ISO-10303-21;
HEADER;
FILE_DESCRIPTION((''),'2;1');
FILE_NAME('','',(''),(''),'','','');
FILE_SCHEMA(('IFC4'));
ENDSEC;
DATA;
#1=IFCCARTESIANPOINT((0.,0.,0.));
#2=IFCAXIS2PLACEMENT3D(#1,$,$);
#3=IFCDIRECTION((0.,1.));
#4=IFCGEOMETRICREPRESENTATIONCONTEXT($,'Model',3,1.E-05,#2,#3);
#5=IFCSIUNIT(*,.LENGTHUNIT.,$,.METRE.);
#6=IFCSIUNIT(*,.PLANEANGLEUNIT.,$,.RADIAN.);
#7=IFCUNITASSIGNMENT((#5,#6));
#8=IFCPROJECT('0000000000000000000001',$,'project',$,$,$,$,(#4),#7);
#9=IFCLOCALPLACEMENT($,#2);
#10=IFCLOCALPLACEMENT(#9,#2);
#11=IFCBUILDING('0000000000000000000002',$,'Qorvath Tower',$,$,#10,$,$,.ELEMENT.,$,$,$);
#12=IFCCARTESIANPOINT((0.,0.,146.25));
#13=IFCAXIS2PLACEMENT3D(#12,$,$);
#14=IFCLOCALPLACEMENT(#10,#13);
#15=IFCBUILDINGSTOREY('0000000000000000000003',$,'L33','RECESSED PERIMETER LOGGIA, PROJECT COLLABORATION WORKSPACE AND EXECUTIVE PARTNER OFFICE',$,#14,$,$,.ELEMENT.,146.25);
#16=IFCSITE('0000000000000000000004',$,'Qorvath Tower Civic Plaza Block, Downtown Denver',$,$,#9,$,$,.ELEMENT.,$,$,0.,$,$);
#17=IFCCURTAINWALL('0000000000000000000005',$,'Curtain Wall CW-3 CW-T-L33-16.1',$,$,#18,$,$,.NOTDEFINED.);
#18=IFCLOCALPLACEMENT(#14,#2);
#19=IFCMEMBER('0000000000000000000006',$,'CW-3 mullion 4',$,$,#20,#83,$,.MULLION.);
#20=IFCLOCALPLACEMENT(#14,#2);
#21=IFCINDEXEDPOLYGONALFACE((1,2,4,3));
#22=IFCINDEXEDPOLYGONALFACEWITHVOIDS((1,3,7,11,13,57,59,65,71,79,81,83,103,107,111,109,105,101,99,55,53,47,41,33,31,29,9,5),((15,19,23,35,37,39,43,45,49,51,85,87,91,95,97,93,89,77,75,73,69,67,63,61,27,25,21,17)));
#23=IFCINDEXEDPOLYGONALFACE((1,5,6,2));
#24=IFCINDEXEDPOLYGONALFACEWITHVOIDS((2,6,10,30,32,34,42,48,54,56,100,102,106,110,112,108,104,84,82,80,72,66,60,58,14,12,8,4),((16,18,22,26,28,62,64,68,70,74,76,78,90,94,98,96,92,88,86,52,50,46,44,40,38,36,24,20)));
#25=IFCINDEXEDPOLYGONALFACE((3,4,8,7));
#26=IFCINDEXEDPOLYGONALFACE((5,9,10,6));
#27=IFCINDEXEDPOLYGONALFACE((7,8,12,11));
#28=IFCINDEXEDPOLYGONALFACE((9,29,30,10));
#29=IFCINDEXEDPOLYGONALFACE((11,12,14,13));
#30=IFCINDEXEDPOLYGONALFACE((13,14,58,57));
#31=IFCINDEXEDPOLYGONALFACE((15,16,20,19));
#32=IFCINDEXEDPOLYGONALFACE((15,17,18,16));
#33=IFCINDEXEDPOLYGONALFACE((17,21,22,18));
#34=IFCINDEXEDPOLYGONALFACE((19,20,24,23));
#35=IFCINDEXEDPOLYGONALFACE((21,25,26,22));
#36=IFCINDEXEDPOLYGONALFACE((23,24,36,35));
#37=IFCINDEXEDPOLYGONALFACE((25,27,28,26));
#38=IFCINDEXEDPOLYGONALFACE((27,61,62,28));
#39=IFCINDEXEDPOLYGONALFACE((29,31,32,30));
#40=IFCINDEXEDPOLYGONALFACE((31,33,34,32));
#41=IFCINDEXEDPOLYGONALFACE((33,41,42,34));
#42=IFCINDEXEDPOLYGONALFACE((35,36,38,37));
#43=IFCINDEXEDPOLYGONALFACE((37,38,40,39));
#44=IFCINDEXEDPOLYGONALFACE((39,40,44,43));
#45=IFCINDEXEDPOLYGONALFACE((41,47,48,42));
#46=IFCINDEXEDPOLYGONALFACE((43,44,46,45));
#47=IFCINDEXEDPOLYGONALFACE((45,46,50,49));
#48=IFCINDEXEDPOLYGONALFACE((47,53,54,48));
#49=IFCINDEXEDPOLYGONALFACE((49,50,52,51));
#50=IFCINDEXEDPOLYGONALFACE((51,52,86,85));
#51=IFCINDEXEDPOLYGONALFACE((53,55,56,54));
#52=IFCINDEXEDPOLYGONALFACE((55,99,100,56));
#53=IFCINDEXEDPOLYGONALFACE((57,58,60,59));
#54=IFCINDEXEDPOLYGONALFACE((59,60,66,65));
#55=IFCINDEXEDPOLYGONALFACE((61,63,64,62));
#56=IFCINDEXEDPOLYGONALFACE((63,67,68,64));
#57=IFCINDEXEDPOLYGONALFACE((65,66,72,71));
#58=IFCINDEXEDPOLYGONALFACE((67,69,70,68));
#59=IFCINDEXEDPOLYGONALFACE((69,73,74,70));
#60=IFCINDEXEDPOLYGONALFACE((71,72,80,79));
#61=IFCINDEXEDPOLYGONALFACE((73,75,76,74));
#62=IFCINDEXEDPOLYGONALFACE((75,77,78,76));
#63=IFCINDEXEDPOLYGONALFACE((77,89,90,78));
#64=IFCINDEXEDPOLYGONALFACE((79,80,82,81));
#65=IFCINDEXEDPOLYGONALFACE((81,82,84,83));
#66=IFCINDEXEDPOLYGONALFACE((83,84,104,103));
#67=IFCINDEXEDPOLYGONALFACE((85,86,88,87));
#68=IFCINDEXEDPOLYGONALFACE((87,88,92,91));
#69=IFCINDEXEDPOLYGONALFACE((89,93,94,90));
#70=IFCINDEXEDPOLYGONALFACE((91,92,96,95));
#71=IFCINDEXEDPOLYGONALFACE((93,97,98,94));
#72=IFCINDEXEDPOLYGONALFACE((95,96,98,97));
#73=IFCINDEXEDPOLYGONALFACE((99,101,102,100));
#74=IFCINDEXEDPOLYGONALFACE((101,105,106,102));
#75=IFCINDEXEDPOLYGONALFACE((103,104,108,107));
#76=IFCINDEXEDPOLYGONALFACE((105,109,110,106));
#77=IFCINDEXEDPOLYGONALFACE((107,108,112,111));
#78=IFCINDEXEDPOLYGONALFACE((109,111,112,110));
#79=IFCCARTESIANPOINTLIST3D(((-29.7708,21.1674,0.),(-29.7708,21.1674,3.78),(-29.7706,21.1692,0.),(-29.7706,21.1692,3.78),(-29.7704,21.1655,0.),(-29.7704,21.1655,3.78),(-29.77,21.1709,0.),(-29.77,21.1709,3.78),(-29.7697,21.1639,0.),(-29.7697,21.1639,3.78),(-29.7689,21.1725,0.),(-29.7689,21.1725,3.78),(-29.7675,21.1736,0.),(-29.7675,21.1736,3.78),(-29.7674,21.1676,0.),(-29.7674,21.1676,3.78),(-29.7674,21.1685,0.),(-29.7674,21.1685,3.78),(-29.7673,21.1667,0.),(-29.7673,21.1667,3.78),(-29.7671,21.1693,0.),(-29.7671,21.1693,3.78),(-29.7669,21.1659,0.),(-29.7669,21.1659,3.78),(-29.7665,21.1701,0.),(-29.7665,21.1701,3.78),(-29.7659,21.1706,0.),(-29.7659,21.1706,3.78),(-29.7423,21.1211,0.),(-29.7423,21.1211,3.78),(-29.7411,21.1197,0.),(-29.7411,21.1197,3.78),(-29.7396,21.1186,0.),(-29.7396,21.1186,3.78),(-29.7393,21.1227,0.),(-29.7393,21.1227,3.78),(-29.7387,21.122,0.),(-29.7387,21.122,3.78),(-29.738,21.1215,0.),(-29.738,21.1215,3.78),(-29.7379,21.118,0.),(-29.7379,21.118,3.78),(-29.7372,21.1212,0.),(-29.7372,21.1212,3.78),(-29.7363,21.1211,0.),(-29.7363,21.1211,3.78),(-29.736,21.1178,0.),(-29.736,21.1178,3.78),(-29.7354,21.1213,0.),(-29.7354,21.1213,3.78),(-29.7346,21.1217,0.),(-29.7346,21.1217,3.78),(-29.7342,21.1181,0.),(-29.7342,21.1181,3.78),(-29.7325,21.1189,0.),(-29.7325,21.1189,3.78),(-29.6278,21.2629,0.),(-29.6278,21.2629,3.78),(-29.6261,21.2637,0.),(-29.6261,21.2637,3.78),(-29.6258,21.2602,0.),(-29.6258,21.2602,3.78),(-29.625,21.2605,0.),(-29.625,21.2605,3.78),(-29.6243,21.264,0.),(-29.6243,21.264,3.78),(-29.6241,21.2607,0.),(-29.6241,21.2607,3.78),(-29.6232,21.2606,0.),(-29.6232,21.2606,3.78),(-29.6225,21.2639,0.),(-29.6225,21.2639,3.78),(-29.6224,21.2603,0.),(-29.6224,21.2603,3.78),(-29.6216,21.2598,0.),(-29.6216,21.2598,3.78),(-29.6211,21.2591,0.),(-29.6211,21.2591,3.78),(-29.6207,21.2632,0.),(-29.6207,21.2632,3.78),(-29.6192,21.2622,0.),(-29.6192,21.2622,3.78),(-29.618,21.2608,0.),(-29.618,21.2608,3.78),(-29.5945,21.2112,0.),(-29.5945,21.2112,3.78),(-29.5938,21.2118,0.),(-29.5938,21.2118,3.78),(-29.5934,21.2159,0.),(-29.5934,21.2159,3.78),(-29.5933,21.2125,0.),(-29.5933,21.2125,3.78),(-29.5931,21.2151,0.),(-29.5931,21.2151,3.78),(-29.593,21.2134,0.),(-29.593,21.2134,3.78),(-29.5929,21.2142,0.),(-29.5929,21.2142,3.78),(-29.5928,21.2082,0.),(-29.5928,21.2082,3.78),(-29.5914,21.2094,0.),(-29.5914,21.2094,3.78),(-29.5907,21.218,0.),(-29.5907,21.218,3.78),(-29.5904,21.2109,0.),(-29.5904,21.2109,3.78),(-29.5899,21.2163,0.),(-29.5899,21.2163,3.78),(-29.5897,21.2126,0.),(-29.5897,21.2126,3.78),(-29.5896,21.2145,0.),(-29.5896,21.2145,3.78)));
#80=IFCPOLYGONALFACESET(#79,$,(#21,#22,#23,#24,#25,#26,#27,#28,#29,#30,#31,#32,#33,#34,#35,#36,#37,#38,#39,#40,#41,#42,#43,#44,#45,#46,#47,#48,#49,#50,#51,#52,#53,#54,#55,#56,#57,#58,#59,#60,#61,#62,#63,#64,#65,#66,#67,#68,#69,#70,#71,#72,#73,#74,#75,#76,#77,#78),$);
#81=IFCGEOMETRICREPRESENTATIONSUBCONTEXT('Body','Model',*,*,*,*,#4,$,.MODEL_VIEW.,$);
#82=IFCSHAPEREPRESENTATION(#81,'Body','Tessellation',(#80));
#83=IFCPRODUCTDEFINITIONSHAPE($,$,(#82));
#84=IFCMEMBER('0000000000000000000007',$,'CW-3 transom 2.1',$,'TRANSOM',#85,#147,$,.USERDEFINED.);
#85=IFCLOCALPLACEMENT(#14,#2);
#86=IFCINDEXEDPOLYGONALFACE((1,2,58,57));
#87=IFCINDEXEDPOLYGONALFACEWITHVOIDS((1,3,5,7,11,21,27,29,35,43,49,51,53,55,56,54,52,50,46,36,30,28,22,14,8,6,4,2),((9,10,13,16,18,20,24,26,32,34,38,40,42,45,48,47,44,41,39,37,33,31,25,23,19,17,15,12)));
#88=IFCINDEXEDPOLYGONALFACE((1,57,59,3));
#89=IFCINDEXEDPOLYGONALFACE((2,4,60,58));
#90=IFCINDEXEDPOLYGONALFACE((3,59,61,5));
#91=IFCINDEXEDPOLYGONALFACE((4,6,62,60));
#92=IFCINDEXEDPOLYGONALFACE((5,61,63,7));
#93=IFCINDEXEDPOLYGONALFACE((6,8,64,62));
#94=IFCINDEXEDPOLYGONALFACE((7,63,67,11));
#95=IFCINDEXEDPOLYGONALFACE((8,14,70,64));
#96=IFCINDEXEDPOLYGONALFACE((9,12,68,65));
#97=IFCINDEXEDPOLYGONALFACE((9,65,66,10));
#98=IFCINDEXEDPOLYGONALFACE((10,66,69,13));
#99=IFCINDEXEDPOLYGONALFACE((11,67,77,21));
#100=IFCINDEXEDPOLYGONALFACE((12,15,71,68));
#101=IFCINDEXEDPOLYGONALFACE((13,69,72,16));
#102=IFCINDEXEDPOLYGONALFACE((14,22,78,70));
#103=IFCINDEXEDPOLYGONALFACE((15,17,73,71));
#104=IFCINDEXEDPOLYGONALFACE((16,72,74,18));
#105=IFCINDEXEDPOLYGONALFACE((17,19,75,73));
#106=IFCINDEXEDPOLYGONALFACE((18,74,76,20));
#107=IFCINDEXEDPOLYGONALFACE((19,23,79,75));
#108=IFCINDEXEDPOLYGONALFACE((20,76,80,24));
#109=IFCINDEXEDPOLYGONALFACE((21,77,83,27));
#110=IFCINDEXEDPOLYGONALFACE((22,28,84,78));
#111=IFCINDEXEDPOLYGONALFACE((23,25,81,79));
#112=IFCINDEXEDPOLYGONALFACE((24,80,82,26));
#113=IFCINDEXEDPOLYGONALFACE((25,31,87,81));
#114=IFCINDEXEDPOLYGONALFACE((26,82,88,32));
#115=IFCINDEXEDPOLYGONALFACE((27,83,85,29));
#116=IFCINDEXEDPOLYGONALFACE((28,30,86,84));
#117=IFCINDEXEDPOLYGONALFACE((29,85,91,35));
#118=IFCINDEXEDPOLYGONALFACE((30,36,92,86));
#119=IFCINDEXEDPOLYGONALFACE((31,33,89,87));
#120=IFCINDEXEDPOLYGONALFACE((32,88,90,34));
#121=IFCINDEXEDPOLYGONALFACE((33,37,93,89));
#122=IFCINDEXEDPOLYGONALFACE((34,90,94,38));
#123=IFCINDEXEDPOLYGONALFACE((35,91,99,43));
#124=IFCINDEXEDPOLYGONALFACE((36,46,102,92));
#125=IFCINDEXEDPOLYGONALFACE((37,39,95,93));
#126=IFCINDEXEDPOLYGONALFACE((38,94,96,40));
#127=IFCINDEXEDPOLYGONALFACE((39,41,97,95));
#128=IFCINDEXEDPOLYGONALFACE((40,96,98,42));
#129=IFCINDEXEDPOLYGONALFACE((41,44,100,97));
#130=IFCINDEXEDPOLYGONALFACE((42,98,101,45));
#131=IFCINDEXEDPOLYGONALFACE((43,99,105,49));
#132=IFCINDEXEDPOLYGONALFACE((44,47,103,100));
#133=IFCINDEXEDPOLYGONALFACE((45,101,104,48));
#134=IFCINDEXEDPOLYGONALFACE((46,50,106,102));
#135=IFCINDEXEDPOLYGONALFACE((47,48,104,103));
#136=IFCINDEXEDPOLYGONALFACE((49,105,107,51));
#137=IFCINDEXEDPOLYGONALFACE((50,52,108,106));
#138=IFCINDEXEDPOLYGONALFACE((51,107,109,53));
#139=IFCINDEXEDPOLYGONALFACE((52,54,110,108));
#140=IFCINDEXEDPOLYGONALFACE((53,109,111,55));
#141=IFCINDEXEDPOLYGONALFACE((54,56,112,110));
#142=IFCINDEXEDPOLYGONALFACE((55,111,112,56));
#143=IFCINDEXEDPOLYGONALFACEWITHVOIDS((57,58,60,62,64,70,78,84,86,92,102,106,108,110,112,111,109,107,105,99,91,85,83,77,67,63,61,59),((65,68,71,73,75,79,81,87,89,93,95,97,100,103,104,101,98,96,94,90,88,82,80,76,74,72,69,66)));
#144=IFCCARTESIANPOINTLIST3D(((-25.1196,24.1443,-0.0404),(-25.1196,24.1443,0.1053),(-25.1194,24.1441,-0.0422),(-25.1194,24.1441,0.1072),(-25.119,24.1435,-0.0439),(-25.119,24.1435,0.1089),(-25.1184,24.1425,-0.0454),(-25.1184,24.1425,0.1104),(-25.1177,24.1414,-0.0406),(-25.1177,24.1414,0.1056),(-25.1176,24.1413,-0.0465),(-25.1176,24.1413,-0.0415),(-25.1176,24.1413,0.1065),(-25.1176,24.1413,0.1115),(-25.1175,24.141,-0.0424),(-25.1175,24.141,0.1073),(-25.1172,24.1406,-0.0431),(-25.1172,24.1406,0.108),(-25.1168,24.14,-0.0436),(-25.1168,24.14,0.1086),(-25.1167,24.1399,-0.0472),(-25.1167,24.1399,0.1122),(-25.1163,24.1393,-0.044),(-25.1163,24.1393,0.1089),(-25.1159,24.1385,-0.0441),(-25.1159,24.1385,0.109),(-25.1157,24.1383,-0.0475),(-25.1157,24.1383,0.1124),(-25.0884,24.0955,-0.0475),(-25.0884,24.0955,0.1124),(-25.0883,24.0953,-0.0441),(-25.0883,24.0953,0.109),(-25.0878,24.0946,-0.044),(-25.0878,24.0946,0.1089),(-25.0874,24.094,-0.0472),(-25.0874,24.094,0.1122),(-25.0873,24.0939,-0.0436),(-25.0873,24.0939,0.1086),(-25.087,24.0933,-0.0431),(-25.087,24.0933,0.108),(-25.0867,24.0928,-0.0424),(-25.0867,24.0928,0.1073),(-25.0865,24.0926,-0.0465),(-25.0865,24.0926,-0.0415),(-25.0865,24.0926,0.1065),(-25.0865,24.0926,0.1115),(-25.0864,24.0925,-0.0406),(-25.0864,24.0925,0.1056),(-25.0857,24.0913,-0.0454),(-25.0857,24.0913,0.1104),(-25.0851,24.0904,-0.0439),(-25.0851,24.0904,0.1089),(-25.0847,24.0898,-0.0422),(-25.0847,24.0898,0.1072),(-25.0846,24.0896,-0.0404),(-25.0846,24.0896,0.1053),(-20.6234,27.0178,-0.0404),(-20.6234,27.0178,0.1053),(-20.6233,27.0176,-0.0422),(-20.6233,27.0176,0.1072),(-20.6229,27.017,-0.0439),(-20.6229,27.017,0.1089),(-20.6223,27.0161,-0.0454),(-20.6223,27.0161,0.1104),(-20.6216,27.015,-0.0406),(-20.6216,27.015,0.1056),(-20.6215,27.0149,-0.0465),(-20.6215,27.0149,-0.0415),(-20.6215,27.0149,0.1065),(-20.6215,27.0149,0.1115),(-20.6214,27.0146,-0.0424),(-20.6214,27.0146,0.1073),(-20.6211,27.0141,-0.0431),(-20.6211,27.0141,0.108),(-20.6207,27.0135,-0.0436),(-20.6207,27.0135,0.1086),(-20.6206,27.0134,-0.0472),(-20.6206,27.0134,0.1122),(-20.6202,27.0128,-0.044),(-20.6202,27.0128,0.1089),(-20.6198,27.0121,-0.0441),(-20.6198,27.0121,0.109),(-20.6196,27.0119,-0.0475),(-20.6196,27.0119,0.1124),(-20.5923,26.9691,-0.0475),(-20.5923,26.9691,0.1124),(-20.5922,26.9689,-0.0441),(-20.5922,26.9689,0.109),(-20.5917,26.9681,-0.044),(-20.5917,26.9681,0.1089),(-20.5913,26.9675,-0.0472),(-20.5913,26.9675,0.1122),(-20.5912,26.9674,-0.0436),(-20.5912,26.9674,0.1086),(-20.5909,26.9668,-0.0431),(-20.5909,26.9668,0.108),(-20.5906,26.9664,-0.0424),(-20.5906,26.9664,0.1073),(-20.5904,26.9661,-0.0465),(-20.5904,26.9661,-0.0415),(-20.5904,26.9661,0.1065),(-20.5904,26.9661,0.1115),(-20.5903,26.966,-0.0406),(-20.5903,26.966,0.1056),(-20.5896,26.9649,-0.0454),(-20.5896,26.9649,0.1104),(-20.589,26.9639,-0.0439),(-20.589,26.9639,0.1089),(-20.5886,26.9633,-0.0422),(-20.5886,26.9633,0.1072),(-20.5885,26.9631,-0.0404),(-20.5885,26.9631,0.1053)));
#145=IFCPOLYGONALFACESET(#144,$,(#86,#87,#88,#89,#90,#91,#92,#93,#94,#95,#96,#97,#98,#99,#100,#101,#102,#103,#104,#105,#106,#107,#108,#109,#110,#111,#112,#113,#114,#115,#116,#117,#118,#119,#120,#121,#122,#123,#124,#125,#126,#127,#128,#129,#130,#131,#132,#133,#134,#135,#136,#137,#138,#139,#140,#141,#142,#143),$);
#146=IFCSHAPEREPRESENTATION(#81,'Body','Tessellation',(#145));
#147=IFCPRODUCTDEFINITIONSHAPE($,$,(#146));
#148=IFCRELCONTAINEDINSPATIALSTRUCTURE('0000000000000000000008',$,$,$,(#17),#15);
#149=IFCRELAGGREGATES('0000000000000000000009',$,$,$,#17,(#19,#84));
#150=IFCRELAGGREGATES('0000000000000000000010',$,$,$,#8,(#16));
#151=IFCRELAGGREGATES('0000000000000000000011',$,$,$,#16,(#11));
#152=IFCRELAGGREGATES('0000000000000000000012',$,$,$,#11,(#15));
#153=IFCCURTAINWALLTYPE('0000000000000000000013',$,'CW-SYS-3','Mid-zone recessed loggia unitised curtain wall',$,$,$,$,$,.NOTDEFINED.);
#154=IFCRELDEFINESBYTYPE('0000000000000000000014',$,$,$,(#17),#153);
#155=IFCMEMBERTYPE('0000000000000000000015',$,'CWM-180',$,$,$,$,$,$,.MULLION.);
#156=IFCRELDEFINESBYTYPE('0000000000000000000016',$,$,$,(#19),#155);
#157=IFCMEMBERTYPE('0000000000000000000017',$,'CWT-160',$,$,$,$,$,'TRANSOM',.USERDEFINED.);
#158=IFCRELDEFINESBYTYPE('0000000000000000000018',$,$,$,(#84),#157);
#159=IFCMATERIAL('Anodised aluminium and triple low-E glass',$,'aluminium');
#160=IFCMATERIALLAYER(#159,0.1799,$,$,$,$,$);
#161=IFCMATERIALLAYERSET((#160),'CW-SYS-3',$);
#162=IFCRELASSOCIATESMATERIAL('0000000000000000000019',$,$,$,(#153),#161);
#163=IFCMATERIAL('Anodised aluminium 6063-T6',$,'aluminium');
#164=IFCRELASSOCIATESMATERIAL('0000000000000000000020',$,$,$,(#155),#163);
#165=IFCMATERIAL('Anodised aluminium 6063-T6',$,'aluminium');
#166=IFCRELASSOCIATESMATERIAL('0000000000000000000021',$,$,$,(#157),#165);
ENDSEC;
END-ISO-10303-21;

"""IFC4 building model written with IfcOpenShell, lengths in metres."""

from ifc_helpers import new_model, si_unit, direction, frame, origin, origin_2d, place, context, subcontext, project, spatial, hollow_rectangle, extrude, material, layer, layer_set, material_profile, profile_set, type_object, element, aggregate, save


model = new_model("IFC4")

# Units and contexts
model_context = context("Model", 3, precision=1e-05, world=origin(), true_north=direction((0.0, 1.0)))
body_context = subcontext(model_context, "Body", "Model", "MODEL_VIEW")
ifc_project = project(units=[si_unit("LENGTHUNIT", "METRE"), si_unit("PLANEANGLEUNIT", "RADIAN")], contexts=[model_context])

# Site, building, storey
site_placement = place(None, origin())
site = spatial("IfcSite", under=ifc_project, at=site_placement, Name="Qorvath Tower Civic Plaza Block, Downtown Denver", CompositionType="ELEMENT", RefElevation=0.0)
building_placement = place(site_placement, origin())
building = spatial("IfcBuilding", under=site, at=building_placement, Name="Qorvath Tower", CompositionType="ELEMENT")
storey_placement = place(building_placement, frame((0.0, 0.0, 146.25)))
storey = spatial("IfcBuildingStorey", under=building, at=storey_placement, Name="L33", Description="RECESSED PERIMETER LOGGIA, PROJECT COLLABORATION WORKSPACE AND EXECUTIVE PARTNER OFFICE", CompositionType="ELEMENT", Elevation=146.25)

# Curtain wall, members
ifc_material_1 = material(Name="Anodised aluminium and triple low-E glass", Category="aluminium")
ifc_layer_1 = layer(ifc_material_1, 0.1799)
ifc_layer_set_1 = layer_set([ifc_layer_1], Name="CW-SYS-3")
curtain_wall_type = type_object("IfcCurtainWallType", Name="CW-SYS-3", Description="Mid-zone recessed loggia unitised curtain wall", PredefinedType="NOTDEFINED", material=ifc_layer_set_1)
curtain_wall_placement = place(storey_placement, origin())
curtain_wall = element("IfcCurtainWall", 1, at=curtain_wall_placement, inside=storey, type_object=curtain_wall_type, Name="Curtain Wall CW-3 CW-T-L33-16.1", PredefinedType="NOTDEFINED")
ifc_material_2 = material(Name="Anodised aluminium 6063-T6", Category="aluminium")
ifc_material_profile_1 = material_profile(ifc_material_2, hollow_rectangle(XDim=0.0649, YDim=0.1799, WallThickness=0.0034, InnerFilletRadius=0.0034, OuterFilletRadius=0.0071, at=origin_2d()), Name="CWM 180x65")
ifc_profile_set_1 = profile_set([ifc_material_profile_1], Name="Anodised aluminium 6063-T6")
member_type_1 = type_object("IfcMemberType", Name="CWM-180", PredefinedType="MULLION", material=ifc_profile_set_1)
member_1_placement = place(storey_placement, frame((-29.6802, 21.1909, 0.0), z_axis=(0.0, 0.0, 1.0), x_axis=(0.538533, -0.842604, 0.0)))
member_1 = element("IfcMember", 2, at=member_1_placement, type_object=member_type_1, Name="CW-3 mullion 4", PredefinedType="MULLION", context=body_context, shape_type="SweptSolid", body=[
    extrude(hollow_rectangle(XDim=0.0649, YDim=0.1799, WallThickness=0.0034, InnerFilletRadius=0.0034, OuterFilletRadius=0.0071, at=origin_2d()), origin(), (0.0, 0.0, 1.0), 3.78),
])
ifc_material_3 = material(Name="Anodised aluminium 6063-T6", Category="aluminium")
ifc_material_profile_2 = material_profile(ifc_material_3, hollow_rectangle(XDim=0.0649, YDim=0.1599, WallThickness=0.0034, InnerFilletRadius=0.0034, OuterFilletRadius=0.0071, at=origin_2d()), Name="CWT 160x65")
ifc_profile_set_2 = profile_set([ifc_material_profile_2], Name="Anodised aluminium 6063-T6")
member_type_2 = type_object("IfcMemberType", Name="CWT-160", ElementType="TRANSOM", PredefinedType="USERDEFINED", material=ifc_profile_set_2)
member_2_placement = place(storey_placement, frame((-20.606, 26.9905, 0.0325), z_axis=(-0.842609, -0.538526, 0.0), x_axis=(0.538526, -0.842609, 0.0)))
member_2 = element("IfcMember", 3, at=member_2_placement, type_object=member_type_2, Name="CW-3 transom 2.1", ObjectType="TRANSOM", PredefinedType="USERDEFINED", context=body_context, shape_type="SweptSolid", body=[
    extrude(hollow_rectangle(XDim=0.0649, YDim=0.1599, WallThickness=0.0034, InnerFilletRadius=0.0034, OuterFilletRadius=0.0071, at=origin_2d()), origin(), (0.0, 0.0, 1.0), 5.3359),
])
aggregate(curtain_wall, [member_1, member_2])

save(model, "model.ifc")
